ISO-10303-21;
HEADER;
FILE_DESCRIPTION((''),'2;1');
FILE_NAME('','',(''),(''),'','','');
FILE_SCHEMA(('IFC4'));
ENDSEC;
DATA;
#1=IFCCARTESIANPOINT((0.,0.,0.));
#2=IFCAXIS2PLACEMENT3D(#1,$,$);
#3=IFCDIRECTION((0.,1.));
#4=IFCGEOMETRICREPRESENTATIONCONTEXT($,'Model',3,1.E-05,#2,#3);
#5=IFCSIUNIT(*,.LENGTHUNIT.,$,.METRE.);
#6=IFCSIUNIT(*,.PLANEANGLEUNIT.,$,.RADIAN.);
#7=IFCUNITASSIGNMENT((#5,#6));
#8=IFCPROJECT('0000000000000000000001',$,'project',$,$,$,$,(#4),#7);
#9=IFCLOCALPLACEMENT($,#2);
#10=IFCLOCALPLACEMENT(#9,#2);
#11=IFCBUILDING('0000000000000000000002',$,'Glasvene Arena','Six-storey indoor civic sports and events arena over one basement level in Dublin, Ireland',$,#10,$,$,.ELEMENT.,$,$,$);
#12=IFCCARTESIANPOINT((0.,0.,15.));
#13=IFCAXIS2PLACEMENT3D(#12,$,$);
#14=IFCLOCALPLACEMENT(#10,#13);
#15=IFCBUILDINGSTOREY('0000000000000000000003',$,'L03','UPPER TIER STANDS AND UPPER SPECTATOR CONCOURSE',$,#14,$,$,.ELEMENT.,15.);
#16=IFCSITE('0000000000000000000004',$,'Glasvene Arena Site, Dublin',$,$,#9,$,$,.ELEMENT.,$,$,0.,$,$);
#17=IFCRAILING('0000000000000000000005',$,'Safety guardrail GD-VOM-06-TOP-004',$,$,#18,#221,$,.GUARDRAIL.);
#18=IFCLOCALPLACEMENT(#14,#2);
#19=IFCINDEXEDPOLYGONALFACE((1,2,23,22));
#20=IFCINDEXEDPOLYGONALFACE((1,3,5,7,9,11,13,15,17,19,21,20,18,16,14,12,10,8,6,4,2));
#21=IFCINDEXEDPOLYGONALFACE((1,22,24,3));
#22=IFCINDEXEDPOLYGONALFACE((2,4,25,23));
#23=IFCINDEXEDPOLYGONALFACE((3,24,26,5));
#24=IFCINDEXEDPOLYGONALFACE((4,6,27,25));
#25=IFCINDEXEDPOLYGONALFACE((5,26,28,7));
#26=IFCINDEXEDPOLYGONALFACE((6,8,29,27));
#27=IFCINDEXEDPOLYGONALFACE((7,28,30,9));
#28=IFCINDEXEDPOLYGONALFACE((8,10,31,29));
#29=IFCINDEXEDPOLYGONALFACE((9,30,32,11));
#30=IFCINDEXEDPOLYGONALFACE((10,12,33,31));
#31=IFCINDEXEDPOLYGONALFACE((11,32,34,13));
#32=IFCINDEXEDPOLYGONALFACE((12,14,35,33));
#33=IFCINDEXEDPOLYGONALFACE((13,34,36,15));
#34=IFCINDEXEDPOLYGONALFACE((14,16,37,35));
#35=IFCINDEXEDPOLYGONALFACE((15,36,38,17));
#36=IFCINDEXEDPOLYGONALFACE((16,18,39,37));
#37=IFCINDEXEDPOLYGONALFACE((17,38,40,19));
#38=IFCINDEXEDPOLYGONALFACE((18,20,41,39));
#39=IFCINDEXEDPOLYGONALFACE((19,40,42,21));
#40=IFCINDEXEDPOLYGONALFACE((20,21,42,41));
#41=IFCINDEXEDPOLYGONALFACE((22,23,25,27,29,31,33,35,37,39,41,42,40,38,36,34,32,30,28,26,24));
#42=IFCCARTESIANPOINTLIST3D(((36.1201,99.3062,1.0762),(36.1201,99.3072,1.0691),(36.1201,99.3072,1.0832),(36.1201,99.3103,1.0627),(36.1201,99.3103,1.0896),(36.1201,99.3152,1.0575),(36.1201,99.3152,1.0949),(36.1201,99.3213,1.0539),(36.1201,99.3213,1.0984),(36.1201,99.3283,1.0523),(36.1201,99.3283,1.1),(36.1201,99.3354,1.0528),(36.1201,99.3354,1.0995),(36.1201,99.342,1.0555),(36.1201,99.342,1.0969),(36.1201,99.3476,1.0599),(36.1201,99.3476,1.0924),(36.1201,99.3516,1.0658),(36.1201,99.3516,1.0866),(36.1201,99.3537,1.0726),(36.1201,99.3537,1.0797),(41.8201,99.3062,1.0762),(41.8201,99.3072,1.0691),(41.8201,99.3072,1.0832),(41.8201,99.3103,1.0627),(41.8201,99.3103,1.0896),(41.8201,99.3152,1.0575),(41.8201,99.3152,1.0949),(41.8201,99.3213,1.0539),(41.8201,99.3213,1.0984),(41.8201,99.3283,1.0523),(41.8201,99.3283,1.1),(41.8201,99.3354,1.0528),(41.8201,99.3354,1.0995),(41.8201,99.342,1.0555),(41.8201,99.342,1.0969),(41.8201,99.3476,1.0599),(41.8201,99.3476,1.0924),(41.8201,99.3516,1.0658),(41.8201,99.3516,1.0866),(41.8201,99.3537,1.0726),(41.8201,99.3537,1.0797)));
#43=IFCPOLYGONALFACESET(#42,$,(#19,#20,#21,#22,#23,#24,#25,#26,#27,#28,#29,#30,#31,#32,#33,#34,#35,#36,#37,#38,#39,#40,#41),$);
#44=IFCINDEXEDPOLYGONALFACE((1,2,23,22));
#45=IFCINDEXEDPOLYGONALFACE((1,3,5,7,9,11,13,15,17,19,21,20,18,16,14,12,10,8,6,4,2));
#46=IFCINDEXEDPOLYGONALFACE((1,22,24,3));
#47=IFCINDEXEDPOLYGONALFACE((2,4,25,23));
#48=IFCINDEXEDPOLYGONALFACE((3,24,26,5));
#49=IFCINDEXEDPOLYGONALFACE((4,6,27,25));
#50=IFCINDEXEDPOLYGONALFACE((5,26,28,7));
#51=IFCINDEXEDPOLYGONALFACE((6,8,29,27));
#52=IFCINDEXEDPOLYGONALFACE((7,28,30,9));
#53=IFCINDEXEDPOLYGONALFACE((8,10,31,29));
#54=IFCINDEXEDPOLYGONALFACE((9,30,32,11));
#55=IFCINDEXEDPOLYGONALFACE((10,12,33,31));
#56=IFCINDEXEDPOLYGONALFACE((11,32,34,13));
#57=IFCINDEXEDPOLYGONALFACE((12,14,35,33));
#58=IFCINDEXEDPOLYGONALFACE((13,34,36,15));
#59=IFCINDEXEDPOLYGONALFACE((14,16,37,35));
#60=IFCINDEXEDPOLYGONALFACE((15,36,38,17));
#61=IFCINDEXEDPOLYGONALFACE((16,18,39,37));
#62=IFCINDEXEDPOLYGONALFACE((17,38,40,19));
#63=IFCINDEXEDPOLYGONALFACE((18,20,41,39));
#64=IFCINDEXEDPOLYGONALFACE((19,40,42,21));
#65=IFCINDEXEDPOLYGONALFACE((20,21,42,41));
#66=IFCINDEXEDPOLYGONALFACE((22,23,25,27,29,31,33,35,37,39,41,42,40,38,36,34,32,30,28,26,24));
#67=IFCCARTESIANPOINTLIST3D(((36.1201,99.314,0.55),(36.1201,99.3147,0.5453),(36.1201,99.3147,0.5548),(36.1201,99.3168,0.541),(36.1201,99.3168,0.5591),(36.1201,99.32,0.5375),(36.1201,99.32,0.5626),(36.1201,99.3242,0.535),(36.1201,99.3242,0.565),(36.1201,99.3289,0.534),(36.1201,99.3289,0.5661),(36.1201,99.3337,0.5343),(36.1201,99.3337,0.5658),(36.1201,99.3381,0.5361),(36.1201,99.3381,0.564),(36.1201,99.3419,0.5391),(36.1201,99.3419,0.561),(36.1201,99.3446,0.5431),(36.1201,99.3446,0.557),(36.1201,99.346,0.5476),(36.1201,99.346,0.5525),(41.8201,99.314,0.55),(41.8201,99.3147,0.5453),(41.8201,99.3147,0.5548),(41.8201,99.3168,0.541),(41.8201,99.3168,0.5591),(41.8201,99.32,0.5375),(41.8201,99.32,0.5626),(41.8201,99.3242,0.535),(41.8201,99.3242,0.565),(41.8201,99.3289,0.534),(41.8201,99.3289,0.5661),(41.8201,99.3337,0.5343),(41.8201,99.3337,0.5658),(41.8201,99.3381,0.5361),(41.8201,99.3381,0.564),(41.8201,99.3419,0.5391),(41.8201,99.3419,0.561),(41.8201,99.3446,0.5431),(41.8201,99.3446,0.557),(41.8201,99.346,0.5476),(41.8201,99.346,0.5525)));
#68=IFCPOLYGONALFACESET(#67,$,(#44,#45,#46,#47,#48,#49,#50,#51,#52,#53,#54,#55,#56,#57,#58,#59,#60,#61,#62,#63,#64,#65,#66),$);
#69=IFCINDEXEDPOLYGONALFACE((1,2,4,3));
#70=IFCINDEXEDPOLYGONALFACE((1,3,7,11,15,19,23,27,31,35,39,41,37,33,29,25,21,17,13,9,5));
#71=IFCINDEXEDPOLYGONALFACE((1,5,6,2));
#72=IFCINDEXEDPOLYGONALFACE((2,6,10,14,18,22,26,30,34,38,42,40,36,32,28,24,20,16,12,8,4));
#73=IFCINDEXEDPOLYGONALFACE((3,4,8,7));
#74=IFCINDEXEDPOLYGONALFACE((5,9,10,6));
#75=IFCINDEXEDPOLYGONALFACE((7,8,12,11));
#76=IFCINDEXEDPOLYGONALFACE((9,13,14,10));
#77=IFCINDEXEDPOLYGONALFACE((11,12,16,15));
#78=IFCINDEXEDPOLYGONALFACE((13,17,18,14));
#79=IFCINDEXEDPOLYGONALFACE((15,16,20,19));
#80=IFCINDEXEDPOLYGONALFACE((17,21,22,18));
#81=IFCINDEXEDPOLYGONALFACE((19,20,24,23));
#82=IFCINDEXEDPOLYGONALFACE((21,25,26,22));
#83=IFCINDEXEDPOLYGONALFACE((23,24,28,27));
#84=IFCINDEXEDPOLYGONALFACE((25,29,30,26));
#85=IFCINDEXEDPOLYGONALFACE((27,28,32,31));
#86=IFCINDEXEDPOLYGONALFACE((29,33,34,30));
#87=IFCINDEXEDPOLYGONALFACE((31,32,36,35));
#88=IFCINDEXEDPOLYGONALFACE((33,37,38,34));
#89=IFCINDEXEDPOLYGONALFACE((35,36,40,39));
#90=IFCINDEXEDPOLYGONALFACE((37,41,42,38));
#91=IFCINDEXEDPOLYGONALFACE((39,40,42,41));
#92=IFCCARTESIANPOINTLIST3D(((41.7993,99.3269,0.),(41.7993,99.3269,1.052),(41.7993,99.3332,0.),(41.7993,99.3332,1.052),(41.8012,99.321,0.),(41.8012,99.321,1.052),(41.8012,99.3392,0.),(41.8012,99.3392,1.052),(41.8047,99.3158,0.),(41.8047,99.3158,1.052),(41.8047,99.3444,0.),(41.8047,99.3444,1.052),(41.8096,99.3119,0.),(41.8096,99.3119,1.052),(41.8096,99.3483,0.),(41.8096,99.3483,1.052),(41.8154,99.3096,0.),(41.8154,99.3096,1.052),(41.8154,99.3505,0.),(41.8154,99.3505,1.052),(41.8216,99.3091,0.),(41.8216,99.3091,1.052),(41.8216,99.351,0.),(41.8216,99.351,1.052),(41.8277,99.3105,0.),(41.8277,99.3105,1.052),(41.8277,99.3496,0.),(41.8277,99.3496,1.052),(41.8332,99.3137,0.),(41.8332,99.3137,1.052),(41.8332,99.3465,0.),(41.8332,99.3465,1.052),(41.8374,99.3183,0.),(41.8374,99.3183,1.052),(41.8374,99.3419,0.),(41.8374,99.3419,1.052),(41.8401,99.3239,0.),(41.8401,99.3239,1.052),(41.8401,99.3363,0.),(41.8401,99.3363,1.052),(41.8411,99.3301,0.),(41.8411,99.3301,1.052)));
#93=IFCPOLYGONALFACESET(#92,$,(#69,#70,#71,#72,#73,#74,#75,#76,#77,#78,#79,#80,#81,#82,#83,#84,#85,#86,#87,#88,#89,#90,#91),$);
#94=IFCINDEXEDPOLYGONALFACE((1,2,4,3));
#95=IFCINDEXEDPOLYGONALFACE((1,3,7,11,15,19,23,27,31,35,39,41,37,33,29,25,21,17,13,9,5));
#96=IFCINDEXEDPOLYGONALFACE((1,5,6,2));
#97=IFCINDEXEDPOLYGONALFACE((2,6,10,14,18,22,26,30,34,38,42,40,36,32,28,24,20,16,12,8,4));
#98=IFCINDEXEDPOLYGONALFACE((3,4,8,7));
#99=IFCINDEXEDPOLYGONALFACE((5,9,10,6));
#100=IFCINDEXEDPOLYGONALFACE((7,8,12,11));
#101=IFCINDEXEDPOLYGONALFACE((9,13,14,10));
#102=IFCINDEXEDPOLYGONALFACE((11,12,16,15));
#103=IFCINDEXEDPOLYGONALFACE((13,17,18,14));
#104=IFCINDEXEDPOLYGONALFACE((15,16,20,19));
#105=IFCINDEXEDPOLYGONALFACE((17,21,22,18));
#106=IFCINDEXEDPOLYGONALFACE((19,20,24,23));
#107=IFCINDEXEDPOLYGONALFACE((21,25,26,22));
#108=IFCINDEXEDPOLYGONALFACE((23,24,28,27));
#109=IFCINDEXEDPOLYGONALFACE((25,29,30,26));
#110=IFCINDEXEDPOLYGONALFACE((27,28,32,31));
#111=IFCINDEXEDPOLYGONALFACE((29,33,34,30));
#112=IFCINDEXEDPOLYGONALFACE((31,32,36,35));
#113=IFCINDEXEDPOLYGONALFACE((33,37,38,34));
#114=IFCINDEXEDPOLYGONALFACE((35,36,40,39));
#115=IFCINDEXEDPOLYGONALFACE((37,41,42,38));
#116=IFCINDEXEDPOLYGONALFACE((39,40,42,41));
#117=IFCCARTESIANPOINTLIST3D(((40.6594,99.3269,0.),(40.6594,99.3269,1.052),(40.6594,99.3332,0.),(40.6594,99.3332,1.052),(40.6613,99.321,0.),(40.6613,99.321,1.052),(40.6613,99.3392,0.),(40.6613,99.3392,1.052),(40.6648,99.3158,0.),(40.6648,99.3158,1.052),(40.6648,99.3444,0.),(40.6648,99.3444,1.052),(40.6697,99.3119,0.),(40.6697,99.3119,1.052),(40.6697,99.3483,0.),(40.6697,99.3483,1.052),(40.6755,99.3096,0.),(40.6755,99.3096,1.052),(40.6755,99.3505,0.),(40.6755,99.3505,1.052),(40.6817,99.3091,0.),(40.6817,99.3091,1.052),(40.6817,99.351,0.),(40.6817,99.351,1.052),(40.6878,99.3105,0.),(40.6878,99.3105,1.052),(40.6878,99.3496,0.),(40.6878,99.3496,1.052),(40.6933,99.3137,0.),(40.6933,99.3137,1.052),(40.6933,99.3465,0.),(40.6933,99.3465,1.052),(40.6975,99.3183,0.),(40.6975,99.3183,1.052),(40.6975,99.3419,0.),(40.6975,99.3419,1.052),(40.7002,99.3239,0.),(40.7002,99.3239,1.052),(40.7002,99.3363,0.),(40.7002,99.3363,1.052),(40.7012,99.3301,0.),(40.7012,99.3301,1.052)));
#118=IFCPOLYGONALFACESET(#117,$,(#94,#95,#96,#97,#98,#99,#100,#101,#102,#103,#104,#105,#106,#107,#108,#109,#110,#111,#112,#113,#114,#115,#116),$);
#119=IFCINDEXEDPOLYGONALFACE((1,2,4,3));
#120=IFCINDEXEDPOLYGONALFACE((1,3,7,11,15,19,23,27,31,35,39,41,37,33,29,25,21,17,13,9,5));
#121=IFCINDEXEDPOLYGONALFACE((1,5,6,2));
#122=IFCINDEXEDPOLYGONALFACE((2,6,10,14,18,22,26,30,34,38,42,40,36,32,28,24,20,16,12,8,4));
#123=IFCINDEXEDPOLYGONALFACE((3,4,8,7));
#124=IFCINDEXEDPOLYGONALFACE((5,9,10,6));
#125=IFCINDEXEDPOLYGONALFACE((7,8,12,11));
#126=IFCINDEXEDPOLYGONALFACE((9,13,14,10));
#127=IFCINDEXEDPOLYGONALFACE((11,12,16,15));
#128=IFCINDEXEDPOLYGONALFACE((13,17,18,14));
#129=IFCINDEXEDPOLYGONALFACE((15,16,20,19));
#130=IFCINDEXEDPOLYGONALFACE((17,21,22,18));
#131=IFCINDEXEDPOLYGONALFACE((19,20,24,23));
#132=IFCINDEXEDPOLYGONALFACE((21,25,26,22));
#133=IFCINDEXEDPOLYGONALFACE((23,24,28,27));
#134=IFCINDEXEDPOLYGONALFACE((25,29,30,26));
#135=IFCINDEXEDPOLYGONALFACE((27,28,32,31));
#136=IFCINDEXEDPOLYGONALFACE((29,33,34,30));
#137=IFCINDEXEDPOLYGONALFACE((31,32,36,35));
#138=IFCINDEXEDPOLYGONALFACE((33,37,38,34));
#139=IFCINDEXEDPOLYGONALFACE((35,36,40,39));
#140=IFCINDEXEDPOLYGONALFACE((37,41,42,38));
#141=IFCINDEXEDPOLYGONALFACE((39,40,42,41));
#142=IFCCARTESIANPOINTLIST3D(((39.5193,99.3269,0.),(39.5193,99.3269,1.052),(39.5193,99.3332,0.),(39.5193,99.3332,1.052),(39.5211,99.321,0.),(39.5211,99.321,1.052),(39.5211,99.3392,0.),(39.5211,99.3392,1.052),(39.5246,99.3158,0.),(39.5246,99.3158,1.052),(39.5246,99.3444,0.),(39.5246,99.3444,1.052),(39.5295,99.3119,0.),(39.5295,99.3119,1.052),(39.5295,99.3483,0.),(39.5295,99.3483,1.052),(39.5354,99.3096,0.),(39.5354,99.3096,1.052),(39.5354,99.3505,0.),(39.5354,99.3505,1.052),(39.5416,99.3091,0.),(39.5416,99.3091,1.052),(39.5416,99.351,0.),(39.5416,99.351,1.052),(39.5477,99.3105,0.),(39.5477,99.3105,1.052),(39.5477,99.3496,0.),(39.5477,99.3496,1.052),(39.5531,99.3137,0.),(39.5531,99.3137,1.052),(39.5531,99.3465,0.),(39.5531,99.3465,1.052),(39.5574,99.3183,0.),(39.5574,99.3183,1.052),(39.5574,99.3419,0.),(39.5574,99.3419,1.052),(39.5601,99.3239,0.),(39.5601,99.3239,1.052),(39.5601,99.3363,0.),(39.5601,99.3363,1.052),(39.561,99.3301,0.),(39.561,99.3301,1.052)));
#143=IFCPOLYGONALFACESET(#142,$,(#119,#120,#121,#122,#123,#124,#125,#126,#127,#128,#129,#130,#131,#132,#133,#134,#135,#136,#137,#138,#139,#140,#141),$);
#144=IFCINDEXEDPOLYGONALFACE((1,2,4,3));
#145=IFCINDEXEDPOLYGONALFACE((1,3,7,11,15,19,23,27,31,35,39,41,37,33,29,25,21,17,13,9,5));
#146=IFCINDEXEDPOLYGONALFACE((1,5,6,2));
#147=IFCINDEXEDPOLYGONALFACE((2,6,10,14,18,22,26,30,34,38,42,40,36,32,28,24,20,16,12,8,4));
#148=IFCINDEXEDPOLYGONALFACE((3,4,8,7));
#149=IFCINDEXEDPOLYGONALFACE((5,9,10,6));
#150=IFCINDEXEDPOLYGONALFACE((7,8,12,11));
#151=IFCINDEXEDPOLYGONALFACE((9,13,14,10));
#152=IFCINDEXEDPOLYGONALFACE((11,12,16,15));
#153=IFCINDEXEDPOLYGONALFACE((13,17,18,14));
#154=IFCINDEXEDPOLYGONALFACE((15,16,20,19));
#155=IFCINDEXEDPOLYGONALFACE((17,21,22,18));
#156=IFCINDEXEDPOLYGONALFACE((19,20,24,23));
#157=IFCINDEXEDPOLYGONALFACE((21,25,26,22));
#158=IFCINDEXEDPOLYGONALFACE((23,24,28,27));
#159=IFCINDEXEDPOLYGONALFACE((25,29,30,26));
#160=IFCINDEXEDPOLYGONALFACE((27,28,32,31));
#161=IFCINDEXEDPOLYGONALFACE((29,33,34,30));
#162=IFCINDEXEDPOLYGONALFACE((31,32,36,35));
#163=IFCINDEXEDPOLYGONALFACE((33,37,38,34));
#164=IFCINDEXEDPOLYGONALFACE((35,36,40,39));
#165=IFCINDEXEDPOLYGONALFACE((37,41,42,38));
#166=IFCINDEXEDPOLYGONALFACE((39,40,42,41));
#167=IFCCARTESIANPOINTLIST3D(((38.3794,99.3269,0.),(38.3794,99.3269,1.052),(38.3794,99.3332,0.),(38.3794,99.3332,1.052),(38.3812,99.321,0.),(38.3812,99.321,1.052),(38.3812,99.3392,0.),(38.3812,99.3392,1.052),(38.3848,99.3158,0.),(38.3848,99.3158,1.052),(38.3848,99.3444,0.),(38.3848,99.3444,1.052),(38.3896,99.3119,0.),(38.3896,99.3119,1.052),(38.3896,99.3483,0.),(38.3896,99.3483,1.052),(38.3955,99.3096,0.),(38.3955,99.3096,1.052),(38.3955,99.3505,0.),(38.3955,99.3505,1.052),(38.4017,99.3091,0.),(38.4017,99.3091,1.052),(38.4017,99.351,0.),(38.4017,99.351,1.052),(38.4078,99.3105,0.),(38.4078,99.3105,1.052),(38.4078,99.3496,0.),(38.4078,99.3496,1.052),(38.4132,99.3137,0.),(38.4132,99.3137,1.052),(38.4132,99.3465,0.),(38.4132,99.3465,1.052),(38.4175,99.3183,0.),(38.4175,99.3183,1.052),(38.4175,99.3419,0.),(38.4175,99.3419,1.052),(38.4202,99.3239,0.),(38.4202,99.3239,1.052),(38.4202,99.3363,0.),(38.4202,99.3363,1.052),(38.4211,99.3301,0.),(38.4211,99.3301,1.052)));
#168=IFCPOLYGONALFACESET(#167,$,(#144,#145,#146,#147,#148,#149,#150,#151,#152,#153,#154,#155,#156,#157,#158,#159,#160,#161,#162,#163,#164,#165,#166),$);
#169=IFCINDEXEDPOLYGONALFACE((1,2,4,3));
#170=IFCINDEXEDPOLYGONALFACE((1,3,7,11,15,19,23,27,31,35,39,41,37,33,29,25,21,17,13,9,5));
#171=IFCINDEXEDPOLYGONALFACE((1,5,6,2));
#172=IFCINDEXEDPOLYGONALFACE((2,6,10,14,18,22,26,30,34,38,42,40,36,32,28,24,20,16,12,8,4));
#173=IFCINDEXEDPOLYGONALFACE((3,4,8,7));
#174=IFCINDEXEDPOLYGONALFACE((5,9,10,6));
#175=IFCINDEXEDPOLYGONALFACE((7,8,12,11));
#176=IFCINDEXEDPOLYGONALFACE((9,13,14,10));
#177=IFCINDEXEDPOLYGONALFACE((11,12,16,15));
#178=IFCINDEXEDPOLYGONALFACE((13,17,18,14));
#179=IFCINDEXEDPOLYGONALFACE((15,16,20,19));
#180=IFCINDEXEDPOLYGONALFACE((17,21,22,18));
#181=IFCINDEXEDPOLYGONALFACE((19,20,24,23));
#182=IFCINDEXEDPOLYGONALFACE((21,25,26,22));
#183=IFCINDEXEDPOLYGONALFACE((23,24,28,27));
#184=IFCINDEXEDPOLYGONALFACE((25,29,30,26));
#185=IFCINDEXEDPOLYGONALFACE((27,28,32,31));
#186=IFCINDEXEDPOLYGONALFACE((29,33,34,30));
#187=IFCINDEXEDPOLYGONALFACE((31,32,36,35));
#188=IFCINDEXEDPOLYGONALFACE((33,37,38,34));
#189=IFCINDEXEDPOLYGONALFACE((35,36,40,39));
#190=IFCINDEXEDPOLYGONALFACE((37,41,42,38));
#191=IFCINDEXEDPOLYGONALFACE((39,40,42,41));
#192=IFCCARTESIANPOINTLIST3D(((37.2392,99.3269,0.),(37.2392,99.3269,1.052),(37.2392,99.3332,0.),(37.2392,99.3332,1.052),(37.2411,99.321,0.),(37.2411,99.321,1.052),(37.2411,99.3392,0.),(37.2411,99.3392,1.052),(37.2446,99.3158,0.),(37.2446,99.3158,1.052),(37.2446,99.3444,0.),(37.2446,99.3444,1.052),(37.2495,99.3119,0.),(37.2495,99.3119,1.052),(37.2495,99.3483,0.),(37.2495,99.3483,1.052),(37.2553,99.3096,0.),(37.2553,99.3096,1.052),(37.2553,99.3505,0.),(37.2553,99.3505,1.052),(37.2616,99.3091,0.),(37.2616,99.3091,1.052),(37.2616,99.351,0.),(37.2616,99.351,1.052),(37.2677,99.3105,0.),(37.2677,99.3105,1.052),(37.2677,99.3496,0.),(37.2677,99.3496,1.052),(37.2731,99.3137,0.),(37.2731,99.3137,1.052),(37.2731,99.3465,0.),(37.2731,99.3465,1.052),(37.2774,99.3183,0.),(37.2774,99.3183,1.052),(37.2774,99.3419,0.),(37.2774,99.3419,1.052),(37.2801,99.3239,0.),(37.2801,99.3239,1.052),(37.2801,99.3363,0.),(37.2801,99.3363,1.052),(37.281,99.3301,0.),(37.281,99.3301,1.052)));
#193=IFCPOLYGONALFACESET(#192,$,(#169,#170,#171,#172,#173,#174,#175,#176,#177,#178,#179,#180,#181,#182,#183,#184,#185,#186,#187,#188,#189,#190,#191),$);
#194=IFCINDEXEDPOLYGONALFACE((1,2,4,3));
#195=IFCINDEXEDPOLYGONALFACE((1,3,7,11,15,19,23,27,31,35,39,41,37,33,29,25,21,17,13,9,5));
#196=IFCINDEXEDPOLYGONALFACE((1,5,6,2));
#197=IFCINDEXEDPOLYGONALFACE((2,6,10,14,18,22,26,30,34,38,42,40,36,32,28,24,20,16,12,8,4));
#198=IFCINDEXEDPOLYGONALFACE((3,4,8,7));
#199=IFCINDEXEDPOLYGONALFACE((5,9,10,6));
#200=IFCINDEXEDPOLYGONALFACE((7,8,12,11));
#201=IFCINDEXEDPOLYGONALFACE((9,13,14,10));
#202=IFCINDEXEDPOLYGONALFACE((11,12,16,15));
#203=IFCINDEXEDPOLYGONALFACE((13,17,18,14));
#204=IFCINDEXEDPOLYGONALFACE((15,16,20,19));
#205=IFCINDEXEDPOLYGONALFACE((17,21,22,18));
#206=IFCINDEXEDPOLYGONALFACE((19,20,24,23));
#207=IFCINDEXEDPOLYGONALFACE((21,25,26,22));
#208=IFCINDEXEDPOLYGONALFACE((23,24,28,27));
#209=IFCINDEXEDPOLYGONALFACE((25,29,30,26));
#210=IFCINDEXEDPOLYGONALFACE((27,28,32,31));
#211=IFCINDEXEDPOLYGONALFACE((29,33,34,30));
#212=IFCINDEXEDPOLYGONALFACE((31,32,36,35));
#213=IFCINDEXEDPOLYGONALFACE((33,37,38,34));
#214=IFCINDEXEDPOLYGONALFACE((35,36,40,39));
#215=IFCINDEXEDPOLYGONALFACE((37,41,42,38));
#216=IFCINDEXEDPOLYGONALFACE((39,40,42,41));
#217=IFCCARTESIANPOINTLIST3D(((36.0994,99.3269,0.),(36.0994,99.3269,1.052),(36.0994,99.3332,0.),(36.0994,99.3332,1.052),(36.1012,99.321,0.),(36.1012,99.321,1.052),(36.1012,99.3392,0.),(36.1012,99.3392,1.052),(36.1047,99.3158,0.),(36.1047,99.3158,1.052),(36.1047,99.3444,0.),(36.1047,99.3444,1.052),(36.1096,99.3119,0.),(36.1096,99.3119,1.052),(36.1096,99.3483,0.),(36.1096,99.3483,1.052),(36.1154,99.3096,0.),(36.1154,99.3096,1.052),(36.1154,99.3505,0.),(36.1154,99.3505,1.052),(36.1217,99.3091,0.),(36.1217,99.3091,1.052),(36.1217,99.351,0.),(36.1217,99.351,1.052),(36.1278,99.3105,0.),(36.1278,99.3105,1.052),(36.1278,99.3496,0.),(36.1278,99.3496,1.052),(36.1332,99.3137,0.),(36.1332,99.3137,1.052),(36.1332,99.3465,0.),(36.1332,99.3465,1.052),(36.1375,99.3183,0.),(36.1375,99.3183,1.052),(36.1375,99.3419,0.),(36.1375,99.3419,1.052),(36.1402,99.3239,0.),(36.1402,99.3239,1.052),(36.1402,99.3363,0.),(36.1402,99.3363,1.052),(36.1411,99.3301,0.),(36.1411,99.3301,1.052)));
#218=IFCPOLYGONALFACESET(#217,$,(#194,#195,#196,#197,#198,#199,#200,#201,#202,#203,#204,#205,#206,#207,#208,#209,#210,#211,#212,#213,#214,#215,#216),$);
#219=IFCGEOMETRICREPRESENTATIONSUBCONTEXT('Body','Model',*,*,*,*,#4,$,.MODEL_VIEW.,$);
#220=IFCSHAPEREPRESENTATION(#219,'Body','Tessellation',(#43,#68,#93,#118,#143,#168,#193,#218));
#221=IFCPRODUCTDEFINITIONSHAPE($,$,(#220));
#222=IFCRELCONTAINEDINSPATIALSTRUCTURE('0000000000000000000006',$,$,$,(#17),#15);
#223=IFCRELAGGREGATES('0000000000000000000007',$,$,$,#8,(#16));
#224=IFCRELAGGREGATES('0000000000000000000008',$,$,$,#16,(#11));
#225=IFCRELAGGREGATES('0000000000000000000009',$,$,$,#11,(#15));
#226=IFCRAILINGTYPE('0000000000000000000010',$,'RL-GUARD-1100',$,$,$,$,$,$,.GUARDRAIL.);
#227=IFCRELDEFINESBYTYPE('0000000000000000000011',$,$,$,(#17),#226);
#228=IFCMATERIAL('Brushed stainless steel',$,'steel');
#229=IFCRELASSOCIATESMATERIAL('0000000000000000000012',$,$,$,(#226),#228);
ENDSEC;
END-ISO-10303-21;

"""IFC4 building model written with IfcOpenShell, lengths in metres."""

from ifc_helpers import new_model, si_unit, direction, frame, origin, origin_2d, place, context, subcontext, project, spatial, circle, extrude, material, type_object, element, save


model = new_model("IFC4")

# Units and contexts
model_context = context("Model", 3, precision=1e-05, world=origin(), true_north=direction((0.0, 1.0)))
body_context = subcontext(model_context, "Body", "Model", "MODEL_VIEW")
ifc_project = project(units=[si_unit("LENGTHUNIT", "METRE"), si_unit("PLANEANGLEUNIT", "RADIAN")], contexts=[model_context])

# Site, building, storey
site_placement = place(None, origin())
site = spatial("IfcSite", under=ifc_project, at=site_placement, Name="Glasvene Arena Site, Dublin", CompositionType="ELEMENT", RefElevation=0.0)
building_placement = place(site_placement, origin())
building = spatial("IfcBuilding", under=site, at=building_placement, Name="Glasvene Arena", Description="Six-storey indoor civic sports and events arena over one basement level in Dublin, Ireland", CompositionType="ELEMENT")
storey_placement = place(building_placement, frame((0.0, 0.0, 15.0)))
storey = spatial("IfcBuildingStorey", under=building, at=storey_placement, Name="L03", Description="UPPER TIER STANDS AND UPPER SPECTATOR CONCOURSE", CompositionType="ELEMENT", Elevation=15.0)

# Railing
ifc_material_1 = material(Name="Brushed stainless steel", Category="steel")
railing_type = type_object("IfcRailingType", Name="RL-GUARD-1100", PredefinedType="GUARDRAIL", material=ifc_material_1)
railing_1_placement = place(storey_placement, frame((41.8201, 99.3301, 0.0)))
element("IfcRailing", 1, at=railing_1_placement, inside=storey, type_object=railing_type, Name="Safety guardrail GD-VOM-06-TOP-004", PredefinedType="GUARDRAIL", context=body_context, shape_type="SweptSolid", body=[
    extrude(circle(Radius=0.0239, at=origin_2d()), frame((0.0, 0.0, 1.0762), z_axis=(-1.0, 0.0, 0.0), x_axis=(0.0, -1.0, 0.0)), (0.0, 0.0, 1.0), 5.7),
    extrude(circle(Radius=0.0161, at=origin_2d()), frame((0.0, 0.0, 0.55), z_axis=(-1.0, 0.0, 0.0), x_axis=(0.0, -1.0, 0.0)), (0.0, 0.0, 1.0), 5.7),
    extrude(circle(Radius=0.021, at=origin_2d()), origin(), (0.0, 0.0, 1.0), 1.052),
    extrude(circle(Radius=0.021, at=origin_2d()), frame((-1.1399, 0.0, 0.0)), (0.0, 0.0, 1.0), 1.052),
    extrude(circle(Radius=0.021, at=origin_2d()), frame((-2.28, 0.0, 0.0)), (0.0, 0.0, 1.0), 1.052),
    extrude(circle(Radius=0.021, at=origin_2d()), frame((-3.4199, 0.0, 0.0)), (0.0, 0.0, 1.0), 1.052),
    extrude(circle(Radius=0.021, at=origin_2d()), frame((-4.5601, 0.0, 0.0)), (0.0, 0.0, 1.0), 1.052),
    extrude(circle(Radius=0.021, at=origin_2d()), frame((-5.7, 0.0, 0.0)), (0.0, 0.0, 1.0), 1.052),
])

save(model, "model.ifc")
